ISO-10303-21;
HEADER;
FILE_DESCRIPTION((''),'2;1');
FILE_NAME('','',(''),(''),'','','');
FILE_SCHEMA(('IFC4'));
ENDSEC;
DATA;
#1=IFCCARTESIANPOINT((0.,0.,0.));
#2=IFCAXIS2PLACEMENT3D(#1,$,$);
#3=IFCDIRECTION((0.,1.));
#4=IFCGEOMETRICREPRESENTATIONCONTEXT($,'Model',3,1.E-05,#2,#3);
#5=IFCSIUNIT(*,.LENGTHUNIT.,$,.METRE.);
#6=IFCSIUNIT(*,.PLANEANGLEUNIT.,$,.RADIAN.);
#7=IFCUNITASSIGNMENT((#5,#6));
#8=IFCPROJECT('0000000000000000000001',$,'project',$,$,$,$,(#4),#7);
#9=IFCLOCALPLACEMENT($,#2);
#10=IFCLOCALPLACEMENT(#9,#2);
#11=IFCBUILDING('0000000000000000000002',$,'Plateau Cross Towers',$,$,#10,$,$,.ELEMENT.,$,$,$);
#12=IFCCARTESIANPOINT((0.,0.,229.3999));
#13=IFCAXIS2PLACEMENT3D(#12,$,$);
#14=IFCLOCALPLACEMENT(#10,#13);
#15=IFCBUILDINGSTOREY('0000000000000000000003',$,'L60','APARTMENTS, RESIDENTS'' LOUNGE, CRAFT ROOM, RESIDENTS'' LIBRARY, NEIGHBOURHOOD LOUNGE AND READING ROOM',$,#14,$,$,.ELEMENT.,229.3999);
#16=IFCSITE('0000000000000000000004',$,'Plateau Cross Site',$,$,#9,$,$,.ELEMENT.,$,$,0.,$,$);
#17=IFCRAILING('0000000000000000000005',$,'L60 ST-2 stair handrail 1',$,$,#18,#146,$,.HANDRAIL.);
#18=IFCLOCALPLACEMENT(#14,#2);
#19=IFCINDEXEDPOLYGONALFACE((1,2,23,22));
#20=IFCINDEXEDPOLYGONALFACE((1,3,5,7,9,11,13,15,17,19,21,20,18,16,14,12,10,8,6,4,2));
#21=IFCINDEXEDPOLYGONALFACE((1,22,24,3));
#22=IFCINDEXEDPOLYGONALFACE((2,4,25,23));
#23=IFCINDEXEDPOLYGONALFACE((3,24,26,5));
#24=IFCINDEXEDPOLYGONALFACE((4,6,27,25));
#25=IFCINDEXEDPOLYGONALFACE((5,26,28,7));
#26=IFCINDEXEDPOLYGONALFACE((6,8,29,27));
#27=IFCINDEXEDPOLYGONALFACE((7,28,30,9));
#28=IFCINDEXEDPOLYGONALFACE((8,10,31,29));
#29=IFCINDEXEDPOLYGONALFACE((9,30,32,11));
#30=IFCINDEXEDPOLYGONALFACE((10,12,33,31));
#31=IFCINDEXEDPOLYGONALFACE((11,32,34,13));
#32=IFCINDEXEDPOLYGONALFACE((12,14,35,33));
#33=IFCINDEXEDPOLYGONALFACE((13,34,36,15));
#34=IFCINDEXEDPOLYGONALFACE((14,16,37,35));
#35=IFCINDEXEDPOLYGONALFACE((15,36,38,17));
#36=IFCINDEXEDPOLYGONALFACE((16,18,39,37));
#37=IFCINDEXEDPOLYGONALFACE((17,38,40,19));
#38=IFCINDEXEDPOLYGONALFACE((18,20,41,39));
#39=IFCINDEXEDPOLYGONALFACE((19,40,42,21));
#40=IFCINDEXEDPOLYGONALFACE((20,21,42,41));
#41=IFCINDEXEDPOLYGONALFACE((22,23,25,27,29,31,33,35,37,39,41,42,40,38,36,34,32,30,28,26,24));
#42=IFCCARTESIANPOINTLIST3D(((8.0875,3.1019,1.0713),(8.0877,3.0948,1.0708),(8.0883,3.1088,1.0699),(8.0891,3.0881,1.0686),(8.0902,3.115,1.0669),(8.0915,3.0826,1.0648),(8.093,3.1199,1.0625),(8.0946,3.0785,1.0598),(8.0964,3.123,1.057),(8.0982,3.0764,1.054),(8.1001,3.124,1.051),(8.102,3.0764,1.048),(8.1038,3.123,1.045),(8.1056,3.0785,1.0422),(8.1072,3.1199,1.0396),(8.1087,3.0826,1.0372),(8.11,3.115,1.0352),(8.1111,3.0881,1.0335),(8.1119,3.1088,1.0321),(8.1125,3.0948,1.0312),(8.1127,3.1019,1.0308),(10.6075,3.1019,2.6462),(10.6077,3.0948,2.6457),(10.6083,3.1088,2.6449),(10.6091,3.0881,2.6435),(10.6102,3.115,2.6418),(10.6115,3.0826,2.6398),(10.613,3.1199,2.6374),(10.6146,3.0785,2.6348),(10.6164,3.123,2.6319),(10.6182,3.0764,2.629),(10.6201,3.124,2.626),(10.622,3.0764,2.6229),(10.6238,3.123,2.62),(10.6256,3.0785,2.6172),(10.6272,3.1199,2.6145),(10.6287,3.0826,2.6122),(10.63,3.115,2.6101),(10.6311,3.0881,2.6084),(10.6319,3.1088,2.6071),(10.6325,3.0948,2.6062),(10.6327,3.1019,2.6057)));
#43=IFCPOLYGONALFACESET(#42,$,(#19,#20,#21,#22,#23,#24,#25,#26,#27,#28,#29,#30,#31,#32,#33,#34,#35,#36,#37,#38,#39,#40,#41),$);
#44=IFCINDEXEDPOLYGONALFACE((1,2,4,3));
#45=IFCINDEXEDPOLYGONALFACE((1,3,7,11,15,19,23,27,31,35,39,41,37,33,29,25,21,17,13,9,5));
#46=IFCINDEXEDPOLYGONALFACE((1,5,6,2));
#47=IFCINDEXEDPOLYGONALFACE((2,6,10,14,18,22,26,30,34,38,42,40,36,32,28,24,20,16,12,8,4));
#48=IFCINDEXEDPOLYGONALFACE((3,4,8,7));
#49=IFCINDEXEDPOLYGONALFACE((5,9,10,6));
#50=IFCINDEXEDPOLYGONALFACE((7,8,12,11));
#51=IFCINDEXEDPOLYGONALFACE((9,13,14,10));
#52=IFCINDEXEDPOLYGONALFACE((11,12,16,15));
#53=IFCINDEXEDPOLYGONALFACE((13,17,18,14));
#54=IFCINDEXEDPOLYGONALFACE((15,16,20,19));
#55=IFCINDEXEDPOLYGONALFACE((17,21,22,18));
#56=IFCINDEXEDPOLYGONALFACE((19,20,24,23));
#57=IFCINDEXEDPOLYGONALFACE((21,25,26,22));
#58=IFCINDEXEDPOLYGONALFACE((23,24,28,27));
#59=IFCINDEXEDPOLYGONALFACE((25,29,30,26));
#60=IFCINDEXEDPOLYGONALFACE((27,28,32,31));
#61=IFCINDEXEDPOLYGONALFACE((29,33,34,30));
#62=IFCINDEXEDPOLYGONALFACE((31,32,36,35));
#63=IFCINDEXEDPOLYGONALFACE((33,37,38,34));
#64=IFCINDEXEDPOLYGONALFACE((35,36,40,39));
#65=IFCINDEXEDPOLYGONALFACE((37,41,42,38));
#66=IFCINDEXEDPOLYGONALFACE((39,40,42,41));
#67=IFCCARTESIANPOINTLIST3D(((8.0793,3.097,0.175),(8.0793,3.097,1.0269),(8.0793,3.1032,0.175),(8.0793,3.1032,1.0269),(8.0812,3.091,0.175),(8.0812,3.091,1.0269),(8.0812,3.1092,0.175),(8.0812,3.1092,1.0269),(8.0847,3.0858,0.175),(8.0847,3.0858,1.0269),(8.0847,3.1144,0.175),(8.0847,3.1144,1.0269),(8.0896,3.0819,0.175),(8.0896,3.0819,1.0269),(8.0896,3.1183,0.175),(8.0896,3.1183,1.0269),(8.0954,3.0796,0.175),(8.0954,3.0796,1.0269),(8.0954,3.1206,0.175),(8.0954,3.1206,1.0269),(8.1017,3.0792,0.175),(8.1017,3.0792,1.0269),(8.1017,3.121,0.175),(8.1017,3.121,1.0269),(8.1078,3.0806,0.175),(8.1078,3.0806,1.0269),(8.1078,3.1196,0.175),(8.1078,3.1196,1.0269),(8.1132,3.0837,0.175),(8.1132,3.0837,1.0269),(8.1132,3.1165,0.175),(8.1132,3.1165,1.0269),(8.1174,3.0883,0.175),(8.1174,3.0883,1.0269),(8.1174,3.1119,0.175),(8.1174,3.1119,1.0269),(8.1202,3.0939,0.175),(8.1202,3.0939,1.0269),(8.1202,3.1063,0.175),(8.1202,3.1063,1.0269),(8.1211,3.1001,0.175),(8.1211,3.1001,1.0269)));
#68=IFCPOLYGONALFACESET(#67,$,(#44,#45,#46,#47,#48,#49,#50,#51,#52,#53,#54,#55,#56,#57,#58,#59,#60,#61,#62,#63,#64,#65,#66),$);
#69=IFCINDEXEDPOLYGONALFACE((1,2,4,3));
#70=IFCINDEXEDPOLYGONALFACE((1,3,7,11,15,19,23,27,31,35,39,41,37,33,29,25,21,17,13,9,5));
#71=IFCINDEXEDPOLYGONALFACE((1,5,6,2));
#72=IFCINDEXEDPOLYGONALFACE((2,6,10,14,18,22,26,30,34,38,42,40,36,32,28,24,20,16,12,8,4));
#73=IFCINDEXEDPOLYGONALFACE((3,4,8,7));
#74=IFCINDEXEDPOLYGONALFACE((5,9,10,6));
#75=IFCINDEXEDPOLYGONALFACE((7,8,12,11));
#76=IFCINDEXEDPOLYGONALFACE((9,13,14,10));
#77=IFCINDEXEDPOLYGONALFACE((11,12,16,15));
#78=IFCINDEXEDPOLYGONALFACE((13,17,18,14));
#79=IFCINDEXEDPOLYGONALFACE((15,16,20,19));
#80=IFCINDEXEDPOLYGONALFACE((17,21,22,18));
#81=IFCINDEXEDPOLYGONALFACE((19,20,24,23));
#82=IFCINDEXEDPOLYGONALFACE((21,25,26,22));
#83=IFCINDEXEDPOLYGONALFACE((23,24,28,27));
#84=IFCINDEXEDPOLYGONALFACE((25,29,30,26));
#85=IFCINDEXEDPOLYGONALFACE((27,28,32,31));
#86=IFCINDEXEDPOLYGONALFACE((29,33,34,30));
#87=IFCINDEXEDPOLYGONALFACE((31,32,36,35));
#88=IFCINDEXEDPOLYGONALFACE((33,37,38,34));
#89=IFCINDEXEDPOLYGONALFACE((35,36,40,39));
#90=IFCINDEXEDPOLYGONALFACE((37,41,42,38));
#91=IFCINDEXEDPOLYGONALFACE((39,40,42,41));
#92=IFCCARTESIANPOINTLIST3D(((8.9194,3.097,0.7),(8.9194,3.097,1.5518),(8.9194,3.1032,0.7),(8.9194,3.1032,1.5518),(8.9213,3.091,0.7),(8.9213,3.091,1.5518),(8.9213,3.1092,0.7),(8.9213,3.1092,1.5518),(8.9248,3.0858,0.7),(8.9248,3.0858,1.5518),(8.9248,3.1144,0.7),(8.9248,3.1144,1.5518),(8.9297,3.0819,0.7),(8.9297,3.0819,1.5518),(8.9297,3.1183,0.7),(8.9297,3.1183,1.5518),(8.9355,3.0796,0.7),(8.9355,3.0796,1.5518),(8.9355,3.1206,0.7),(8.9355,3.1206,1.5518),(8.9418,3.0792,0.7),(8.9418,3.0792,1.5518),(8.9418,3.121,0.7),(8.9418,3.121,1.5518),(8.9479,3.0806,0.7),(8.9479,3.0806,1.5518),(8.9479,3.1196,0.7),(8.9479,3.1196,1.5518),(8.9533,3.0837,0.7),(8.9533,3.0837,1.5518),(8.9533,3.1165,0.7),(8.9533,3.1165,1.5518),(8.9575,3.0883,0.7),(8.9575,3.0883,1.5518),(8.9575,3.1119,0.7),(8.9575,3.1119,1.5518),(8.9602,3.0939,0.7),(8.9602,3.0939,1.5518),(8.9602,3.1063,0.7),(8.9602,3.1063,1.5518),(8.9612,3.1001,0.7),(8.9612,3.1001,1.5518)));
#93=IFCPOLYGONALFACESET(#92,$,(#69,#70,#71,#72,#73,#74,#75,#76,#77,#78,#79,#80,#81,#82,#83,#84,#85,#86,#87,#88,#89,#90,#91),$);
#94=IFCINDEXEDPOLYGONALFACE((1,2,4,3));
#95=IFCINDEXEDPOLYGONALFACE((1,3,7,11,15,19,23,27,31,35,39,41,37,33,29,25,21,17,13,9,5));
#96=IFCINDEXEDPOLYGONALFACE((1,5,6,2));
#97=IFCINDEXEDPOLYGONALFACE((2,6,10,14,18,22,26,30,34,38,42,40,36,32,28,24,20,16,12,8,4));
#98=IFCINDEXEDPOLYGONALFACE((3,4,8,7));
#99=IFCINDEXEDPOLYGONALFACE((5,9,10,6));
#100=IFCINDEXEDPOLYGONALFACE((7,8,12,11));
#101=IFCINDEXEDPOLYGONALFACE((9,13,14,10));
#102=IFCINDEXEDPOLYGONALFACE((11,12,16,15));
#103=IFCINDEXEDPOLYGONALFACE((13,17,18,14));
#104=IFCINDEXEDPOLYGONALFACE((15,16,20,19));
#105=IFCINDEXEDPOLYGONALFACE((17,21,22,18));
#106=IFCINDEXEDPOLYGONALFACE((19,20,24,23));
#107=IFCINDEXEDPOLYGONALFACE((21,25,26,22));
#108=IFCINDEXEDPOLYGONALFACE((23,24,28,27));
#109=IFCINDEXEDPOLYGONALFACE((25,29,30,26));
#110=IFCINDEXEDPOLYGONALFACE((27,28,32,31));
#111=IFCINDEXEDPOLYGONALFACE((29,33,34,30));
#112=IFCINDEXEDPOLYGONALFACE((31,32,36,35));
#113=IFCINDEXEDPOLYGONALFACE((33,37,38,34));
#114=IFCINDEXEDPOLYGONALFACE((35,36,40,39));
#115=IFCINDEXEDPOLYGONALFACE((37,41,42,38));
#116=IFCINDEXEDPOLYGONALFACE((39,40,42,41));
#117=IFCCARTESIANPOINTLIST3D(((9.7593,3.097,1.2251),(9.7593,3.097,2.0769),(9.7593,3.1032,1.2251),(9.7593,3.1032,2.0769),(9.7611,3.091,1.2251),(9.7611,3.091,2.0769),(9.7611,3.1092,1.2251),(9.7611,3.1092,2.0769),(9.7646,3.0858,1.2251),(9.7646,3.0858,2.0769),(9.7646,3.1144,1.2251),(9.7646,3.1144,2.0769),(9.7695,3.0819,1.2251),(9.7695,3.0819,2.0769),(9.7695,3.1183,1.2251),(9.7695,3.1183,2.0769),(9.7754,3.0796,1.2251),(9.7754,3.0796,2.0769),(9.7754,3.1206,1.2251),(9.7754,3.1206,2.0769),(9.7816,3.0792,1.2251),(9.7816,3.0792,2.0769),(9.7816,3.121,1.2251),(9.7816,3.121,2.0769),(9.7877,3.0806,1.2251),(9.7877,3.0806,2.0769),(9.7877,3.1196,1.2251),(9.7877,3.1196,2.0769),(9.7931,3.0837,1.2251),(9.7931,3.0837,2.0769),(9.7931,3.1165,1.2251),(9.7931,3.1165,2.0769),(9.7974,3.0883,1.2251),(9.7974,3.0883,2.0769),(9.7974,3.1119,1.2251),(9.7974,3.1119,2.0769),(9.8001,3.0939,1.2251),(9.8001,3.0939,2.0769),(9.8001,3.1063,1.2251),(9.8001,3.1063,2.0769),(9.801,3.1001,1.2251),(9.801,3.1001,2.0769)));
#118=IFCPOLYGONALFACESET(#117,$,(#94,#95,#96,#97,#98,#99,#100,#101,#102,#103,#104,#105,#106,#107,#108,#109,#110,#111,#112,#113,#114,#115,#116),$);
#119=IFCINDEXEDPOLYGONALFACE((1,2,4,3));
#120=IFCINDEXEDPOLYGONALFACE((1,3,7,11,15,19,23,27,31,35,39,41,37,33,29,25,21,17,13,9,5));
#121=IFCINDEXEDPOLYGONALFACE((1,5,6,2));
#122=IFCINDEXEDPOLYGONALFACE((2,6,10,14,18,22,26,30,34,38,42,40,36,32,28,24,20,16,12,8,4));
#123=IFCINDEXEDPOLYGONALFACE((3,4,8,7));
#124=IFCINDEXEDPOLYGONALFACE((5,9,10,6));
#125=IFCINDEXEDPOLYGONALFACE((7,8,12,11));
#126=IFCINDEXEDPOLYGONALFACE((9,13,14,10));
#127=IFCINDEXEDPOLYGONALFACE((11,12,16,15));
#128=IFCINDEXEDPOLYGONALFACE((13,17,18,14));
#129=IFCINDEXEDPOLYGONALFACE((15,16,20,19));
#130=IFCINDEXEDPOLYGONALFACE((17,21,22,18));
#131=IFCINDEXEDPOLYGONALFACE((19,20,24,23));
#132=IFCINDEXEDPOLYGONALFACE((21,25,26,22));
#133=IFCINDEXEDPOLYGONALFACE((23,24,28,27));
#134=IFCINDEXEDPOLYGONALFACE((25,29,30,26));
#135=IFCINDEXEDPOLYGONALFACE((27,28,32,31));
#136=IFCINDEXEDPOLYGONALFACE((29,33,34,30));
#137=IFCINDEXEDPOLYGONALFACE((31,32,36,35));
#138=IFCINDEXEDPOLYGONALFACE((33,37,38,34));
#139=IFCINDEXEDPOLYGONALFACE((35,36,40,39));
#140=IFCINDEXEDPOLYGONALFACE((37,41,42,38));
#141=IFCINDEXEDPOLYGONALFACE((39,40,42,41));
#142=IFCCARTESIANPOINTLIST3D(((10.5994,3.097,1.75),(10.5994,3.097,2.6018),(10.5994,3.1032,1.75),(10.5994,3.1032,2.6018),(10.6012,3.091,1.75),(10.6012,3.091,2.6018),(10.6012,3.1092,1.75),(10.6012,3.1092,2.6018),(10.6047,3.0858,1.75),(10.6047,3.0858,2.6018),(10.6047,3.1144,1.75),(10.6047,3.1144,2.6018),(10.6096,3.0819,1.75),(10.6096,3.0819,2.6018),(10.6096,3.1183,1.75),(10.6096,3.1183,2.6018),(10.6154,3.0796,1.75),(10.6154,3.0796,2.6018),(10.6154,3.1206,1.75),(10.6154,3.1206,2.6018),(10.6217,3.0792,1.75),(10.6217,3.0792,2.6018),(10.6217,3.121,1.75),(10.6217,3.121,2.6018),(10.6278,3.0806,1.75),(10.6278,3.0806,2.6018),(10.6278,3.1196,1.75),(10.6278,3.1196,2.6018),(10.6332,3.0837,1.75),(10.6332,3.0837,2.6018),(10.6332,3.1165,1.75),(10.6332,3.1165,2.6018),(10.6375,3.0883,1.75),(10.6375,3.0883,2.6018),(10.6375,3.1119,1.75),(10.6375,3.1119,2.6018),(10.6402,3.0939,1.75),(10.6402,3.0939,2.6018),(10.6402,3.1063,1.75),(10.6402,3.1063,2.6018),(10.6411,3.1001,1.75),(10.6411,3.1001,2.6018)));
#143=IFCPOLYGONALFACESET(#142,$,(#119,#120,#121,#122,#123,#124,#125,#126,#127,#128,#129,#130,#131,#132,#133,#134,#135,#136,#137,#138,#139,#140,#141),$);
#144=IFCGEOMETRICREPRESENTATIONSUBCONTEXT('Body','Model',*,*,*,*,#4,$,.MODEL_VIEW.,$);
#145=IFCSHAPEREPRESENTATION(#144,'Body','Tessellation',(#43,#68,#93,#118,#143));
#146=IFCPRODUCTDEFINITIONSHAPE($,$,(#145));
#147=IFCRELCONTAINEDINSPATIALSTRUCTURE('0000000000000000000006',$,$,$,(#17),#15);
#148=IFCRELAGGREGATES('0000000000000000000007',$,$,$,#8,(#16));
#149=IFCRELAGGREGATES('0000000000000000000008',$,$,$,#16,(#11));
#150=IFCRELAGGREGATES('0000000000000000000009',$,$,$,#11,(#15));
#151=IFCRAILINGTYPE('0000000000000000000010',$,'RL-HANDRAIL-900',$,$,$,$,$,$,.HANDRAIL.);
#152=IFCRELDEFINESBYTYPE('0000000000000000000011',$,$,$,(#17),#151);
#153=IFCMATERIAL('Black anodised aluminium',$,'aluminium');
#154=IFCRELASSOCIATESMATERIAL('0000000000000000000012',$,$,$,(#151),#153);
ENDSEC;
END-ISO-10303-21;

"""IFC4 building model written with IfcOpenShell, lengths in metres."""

from ifc_helpers import new_model, si_unit, direction, frame, origin, origin_2d, place, context, subcontext, project, spatial, circle, extrude, material, type_object, element, save


model = new_model("IFC4")

# Units and contexts
model_context = context("Model", 3, precision=1e-05, world=origin(), true_north=direction((0.0, 1.0)))
body_context = subcontext(model_context, "Body", "Model", "MODEL_VIEW")
ifc_project = project(units=[si_unit("LENGTHUNIT", "METRE"), si_unit("PLANEANGLEUNIT", "RADIAN")], contexts=[model_context])

# Site, building, storey
site_placement = place(None, origin())
site = spatial("IfcSite", under=ifc_project, at=site_placement, Name="Plateau Cross Site", CompositionType="ELEMENT", RefElevation=0.0)
building_placement = place(site_placement, origin())
building = spatial("IfcBuilding", under=site, at=building_placement, Name="Plateau Cross Towers", CompositionType="ELEMENT")
storey_placement = place(building_placement, frame((0.0, 0.0, 229.3999)))
storey = spatial("IfcBuildingStorey", under=building, at=storey_placement, Name="L60", Description="APARTMENTS, RESIDENTS' LOUNGE, CRAFT ROOM, RESIDENTS' LIBRARY, NEIGHBOURHOOD LOUNGE AND READING ROOM", CompositionType="ELEMENT", Elevation=229.3999)

# Shared definitions
ifc_material_1 = material(Name="Black anodised aluminium", Category="aluminium")

# Railing
railing_type_1 = type_object("IfcRailingType", Name="RL-HANDRAIL-900", PredefinedType="HANDRAIL", material=ifc_material_1)
railing_placement = place(storey_placement, frame((8.1001, 3.1001, 0.175)))
element("IfcRailing", 1, at=railing_placement, inside=storey, type_object=railing_type_1, Name="L60 ST-2 stair handrail 1", PredefinedType="HANDRAIL", context=body_context, shape_type="SweptSolid", body=[
    extrude(circle(Radius=0.0239, at=origin_2d()), frame((0.0, 0.0, 0.876), z_axis=(0.848008, 0.0, 0.529984), x_axis=(0.0, 1.0, 0.0)), (0.0, 0.0, 1.0), 2.9717),
    extrude(circle(Radius=0.021, at=origin_2d()), origin(), (0.0, 0.0, 1.0), 0.8518),
    extrude(circle(Radius=0.021, at=origin_2d()), frame((0.8401, 0.0, 0.5249)), (0.0, 0.0, 1.0), 0.8518),
    extrude(circle(Radius=0.021, at=origin_2d()), frame((1.6799, 0.0, 1.05)), (0.0, 0.0, 1.0), 0.8518),
    extrude(circle(Radius=0.021, at=origin_2d()), frame((2.52, 0.0, 1.575)), (0.0, 0.0, 1.0), 0.8518),
])

save(model, "model.ifc")
